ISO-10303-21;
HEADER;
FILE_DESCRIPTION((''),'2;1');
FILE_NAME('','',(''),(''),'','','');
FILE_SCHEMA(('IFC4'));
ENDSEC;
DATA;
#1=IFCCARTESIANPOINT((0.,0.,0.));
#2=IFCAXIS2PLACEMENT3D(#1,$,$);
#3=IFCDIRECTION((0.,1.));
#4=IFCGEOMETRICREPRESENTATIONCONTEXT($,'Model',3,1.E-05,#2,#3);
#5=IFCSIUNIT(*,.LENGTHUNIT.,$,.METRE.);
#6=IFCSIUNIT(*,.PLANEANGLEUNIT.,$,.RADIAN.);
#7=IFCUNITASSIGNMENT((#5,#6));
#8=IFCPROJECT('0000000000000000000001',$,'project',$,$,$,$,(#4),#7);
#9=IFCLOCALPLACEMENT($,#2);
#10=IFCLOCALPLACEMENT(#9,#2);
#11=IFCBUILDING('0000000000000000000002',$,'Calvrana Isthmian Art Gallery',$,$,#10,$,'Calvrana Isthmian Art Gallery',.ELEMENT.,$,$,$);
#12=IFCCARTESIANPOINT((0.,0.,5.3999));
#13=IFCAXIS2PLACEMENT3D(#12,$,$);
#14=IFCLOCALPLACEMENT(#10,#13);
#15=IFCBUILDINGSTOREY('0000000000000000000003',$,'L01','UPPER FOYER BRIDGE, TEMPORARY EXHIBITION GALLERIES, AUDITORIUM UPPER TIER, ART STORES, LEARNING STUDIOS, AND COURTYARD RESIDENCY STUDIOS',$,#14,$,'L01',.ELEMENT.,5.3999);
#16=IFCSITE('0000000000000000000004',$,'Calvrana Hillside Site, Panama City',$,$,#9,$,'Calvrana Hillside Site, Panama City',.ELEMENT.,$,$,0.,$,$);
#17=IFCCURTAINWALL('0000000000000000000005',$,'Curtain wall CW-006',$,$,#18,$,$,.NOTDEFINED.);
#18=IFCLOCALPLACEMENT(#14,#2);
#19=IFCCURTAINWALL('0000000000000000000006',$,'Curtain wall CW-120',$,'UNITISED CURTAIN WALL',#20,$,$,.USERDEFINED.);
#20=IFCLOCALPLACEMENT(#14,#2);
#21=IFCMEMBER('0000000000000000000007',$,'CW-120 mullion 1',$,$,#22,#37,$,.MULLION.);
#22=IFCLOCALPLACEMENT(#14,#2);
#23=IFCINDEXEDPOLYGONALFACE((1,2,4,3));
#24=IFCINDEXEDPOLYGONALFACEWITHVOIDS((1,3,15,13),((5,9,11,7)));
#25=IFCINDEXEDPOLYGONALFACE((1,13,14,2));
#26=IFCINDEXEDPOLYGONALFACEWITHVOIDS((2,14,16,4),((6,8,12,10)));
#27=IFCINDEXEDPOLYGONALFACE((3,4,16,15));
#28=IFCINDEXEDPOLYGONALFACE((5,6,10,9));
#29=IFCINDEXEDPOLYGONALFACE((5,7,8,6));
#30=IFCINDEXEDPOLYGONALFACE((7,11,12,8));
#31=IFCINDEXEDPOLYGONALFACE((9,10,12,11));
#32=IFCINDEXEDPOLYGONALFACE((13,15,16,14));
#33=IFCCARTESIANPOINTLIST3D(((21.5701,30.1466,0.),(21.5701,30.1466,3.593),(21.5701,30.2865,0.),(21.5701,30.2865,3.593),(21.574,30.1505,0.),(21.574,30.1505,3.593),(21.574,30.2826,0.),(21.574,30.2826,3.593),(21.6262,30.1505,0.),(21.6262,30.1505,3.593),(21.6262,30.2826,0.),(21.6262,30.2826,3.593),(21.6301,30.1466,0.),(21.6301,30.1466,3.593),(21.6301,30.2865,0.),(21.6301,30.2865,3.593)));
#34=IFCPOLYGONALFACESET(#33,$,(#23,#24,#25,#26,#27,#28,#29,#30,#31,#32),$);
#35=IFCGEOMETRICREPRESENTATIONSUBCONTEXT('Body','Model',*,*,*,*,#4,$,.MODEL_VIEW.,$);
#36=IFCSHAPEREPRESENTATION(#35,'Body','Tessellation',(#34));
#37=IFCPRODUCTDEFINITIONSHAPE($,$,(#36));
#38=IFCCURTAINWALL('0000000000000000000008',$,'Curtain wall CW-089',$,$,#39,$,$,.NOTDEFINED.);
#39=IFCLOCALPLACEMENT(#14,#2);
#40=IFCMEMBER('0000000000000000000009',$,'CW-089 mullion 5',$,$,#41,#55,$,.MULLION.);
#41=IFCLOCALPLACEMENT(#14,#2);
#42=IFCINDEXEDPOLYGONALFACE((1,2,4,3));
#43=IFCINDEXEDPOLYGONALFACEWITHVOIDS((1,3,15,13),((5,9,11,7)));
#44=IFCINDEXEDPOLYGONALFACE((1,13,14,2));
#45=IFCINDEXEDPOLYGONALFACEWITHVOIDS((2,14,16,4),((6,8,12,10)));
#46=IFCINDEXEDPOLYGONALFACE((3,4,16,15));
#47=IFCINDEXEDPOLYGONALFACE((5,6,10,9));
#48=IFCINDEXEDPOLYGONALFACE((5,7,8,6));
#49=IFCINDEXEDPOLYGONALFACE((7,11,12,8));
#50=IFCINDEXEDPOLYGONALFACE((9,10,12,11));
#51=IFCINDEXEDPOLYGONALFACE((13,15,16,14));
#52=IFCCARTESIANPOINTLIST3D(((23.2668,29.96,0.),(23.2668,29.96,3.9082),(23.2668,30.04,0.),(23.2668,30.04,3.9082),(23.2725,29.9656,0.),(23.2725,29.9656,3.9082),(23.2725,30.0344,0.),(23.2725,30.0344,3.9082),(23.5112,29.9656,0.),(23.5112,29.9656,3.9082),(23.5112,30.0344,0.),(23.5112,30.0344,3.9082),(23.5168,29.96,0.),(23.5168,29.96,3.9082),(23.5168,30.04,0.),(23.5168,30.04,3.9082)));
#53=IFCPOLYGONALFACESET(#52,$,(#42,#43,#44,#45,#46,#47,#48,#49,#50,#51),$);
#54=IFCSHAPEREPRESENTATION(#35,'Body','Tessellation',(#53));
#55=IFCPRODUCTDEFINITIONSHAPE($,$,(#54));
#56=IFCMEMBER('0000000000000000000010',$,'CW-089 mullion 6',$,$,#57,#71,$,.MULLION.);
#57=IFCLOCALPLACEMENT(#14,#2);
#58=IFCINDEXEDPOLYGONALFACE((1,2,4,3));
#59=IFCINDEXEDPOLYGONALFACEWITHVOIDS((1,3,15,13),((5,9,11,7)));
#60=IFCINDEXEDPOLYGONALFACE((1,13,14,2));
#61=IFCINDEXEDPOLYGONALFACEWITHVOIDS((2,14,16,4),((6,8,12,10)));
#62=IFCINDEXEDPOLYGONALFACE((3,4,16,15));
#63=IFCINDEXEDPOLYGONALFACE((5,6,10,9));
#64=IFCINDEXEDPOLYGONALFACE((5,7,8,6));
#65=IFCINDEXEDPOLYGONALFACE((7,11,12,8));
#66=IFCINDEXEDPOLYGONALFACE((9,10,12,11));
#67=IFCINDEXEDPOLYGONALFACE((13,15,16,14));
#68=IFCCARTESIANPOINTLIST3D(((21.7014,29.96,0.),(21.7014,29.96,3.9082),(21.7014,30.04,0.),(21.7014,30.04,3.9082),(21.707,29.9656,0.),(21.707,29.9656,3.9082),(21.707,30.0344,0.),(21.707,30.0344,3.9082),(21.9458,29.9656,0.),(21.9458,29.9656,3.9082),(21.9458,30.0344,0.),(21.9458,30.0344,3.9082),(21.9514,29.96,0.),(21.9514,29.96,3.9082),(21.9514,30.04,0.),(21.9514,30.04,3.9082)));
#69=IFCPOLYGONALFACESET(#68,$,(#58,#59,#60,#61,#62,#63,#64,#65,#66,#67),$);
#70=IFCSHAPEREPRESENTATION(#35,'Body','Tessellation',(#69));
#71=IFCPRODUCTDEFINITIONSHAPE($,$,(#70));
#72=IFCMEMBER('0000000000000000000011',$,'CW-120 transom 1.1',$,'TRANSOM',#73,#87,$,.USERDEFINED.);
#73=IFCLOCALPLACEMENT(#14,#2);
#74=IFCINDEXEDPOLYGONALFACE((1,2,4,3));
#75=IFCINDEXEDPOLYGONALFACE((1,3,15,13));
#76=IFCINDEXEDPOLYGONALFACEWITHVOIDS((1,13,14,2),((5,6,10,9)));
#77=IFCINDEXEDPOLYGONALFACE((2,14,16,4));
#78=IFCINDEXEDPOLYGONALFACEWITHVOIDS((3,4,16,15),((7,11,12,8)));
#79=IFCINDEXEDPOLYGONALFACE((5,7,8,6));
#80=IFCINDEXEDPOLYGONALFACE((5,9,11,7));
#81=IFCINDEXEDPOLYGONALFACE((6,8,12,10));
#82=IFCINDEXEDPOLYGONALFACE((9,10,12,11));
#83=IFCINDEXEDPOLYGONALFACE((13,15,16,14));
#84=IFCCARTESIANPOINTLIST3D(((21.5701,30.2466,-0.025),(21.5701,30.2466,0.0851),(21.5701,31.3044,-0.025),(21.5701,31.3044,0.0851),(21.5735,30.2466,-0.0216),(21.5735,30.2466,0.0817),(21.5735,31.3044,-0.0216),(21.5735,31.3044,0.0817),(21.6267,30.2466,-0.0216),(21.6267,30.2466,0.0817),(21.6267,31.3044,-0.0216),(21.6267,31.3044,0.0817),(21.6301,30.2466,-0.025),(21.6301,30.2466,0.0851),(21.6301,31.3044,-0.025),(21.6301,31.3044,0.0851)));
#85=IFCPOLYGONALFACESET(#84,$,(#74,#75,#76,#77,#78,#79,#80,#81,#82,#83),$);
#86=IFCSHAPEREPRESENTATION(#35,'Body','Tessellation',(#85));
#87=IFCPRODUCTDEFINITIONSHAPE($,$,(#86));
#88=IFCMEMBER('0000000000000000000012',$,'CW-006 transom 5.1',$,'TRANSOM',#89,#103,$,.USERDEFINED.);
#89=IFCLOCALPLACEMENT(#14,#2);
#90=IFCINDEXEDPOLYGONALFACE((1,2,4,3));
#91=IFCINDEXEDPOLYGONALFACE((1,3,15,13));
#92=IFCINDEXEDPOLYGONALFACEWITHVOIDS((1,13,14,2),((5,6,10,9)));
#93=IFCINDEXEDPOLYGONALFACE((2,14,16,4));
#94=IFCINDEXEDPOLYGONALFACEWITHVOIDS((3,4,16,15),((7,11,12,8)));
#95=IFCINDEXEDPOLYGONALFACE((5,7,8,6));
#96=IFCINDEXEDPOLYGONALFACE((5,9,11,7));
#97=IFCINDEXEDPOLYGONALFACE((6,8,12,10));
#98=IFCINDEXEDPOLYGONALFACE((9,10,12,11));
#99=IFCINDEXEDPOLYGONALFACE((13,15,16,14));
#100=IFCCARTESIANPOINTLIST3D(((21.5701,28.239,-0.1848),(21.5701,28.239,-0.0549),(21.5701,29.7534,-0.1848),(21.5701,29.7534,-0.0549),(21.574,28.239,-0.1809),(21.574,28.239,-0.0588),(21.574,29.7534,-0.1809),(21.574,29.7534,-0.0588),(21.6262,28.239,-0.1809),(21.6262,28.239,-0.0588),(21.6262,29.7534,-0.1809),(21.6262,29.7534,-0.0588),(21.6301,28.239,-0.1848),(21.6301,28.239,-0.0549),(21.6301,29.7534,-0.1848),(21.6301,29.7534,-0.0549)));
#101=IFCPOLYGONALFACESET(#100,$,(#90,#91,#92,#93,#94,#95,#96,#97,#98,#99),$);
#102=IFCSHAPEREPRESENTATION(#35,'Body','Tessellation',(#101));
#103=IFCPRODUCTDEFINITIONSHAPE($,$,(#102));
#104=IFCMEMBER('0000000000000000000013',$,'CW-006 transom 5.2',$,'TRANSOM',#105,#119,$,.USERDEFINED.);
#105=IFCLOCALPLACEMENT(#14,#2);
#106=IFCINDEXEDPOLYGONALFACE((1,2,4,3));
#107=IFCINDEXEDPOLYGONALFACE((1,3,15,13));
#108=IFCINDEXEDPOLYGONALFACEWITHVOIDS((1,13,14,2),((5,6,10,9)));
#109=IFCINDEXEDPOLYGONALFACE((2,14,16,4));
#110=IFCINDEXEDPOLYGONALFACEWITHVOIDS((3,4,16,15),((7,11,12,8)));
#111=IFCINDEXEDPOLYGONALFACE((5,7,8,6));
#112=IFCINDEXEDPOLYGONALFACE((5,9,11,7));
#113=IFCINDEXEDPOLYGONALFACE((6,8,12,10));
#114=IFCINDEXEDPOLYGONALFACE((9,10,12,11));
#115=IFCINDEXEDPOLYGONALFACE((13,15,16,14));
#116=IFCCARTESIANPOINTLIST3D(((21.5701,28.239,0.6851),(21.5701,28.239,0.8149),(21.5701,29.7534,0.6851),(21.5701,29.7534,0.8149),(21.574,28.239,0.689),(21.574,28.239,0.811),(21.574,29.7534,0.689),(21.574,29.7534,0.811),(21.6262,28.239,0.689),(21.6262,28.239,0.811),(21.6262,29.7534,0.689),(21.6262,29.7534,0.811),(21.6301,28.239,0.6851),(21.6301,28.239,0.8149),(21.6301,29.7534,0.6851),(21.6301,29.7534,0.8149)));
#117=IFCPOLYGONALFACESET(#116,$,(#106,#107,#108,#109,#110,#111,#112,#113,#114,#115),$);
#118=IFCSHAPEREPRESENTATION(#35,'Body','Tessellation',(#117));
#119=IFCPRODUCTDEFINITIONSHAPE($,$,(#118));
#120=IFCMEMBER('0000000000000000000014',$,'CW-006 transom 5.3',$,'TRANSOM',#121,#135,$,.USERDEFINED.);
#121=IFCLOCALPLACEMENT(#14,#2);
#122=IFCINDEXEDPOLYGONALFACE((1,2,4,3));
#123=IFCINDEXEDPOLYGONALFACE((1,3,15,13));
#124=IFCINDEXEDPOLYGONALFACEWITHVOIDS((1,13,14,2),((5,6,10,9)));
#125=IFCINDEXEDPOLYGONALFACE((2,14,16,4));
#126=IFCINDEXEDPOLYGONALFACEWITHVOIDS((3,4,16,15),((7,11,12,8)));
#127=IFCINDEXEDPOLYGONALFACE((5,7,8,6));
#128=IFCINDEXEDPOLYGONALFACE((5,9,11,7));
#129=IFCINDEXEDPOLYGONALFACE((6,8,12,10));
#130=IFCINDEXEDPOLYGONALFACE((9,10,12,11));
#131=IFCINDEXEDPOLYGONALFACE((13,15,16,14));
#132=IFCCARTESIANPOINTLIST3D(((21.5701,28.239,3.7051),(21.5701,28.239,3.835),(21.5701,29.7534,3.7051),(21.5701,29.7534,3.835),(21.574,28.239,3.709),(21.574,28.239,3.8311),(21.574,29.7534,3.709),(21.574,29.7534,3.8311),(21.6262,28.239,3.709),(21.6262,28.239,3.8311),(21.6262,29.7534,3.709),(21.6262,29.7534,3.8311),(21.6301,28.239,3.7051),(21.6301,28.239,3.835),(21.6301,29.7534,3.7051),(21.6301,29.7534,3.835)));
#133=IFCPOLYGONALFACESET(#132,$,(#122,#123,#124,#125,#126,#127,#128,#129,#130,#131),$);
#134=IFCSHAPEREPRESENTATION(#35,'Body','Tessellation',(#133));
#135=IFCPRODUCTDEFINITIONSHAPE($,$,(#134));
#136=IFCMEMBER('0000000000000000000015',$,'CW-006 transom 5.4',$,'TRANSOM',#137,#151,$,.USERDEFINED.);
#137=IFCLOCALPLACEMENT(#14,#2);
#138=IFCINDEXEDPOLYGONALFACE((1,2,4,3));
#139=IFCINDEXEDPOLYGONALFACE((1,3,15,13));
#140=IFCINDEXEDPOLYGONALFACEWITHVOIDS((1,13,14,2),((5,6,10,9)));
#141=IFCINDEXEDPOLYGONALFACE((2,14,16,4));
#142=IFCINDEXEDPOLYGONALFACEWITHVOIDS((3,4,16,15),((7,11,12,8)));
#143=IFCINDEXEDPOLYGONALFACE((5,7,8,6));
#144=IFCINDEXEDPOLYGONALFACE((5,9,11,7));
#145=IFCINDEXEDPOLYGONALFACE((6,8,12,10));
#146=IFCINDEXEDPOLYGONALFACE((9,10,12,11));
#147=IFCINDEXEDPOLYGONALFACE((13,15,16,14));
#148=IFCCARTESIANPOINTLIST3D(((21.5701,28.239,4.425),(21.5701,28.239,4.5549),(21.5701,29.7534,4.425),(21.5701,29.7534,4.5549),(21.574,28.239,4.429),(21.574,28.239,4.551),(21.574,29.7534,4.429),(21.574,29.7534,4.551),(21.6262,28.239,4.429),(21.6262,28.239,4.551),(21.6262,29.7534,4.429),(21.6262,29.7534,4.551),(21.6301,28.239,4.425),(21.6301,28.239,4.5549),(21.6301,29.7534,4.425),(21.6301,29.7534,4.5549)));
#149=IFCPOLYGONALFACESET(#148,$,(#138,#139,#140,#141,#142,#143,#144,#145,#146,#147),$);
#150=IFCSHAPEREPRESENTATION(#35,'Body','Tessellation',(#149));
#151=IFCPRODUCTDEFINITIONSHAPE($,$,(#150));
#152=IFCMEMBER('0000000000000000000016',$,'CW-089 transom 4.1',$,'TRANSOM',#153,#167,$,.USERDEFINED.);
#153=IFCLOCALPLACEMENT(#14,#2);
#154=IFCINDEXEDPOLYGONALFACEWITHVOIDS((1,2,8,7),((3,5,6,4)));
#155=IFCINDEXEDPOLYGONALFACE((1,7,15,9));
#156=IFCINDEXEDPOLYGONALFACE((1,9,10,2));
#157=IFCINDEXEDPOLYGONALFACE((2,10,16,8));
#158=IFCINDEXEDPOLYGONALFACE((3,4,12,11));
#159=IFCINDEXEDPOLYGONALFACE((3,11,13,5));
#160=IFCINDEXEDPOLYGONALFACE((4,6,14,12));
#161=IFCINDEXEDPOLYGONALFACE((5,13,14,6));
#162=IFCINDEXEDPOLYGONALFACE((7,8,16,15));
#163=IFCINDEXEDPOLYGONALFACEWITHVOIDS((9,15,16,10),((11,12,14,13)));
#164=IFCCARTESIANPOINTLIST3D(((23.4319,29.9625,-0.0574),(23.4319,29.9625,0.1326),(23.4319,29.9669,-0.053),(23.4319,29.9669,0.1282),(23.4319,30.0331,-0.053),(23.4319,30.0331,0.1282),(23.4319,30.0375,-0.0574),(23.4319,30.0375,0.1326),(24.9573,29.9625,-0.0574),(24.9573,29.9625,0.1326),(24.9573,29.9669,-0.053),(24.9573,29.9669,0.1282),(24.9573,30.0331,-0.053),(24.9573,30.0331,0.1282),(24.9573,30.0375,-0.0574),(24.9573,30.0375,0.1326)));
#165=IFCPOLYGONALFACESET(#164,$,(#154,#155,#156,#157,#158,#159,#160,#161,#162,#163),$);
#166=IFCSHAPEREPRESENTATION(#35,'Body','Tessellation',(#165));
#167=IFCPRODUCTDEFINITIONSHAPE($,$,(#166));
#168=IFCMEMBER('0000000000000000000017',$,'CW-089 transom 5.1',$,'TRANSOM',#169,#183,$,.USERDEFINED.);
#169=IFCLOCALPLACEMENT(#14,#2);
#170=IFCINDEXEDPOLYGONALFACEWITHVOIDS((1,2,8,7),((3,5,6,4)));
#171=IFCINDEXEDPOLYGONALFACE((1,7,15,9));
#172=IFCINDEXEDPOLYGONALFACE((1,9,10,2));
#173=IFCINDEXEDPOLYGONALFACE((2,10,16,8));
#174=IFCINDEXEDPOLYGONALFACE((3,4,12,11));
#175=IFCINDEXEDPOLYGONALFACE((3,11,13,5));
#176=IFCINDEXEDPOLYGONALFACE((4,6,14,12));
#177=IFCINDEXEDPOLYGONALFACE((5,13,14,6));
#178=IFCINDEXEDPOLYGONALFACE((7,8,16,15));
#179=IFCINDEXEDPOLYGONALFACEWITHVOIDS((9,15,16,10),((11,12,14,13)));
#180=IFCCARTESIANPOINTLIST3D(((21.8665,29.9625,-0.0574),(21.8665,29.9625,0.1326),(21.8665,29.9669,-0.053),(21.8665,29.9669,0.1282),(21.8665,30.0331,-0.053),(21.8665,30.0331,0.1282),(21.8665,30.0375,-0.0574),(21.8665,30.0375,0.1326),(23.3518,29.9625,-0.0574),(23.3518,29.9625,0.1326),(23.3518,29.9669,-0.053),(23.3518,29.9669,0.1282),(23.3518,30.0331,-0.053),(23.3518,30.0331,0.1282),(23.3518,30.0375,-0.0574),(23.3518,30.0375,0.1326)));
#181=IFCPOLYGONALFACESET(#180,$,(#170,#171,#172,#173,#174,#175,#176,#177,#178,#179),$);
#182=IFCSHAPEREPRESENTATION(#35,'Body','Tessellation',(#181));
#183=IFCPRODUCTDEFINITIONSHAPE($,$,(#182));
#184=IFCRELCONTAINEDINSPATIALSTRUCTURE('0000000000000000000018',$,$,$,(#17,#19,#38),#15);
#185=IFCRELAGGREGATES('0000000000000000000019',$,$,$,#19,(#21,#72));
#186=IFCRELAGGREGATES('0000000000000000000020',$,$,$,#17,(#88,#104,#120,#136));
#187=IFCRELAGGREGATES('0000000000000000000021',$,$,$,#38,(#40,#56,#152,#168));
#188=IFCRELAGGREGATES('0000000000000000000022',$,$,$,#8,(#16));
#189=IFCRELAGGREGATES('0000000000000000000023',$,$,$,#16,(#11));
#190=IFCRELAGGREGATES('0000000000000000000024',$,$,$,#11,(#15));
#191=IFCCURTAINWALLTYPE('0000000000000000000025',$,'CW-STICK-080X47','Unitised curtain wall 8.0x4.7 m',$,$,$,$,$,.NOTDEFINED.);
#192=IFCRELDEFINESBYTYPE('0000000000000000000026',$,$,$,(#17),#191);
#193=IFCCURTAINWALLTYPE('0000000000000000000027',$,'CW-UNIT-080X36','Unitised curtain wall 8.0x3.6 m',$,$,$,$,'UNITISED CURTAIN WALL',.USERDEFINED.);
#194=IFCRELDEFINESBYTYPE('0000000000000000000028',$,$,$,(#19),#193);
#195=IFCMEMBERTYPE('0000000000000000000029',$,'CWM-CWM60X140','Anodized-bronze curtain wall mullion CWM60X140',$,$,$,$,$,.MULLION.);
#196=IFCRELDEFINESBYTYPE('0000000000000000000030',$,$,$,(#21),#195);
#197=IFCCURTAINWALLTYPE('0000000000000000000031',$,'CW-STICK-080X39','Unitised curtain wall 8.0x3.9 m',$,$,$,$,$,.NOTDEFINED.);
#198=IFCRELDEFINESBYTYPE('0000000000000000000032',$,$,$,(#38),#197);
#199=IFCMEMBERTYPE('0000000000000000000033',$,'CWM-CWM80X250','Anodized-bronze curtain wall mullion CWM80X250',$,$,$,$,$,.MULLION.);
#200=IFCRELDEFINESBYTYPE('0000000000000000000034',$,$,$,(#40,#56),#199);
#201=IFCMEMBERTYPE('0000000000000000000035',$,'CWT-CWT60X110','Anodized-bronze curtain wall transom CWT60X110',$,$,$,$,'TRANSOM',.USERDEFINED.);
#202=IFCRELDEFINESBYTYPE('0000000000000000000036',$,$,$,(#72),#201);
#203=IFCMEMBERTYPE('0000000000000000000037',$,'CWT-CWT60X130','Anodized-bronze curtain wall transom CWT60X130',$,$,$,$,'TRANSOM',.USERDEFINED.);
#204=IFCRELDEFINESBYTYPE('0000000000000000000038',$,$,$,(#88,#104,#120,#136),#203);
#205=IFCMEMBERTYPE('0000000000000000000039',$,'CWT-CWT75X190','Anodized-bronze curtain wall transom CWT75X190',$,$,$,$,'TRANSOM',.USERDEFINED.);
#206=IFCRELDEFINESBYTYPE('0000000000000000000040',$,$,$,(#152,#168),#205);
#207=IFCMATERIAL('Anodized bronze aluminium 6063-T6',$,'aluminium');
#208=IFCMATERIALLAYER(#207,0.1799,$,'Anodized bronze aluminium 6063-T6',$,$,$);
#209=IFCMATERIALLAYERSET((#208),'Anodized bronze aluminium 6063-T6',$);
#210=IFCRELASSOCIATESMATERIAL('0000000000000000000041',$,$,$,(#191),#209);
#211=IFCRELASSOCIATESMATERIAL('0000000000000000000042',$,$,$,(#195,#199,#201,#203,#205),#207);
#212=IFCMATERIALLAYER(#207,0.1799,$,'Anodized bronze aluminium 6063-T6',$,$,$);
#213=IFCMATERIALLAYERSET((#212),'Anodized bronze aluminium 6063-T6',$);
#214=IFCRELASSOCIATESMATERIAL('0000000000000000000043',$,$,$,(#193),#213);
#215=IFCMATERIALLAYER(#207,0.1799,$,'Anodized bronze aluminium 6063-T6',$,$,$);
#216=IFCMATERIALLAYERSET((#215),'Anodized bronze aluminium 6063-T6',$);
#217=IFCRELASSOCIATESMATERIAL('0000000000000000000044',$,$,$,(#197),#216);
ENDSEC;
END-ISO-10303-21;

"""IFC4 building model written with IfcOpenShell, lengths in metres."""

from ifc_helpers import new_model, si_unit, direction, frame, origin, origin_2d, place, context, subcontext, project, spatial, hollow_rectangle, extrude, material, layer, layer_set, material_profile, profile_set, type_object, element, aggregate, save


model = new_model("IFC4")

# Units and contexts
model_context = context("Model", 3, precision=1e-05, world=origin(), true_north=direction((0.0, 1.0)))
body_context = subcontext(model_context, "Body", "Model", "MODEL_VIEW")
ifc_project = project(units=[si_unit("LENGTHUNIT", "METRE"), si_unit("PLANEANGLEUNIT", "RADIAN")], contexts=[model_context])

# Site, building, storey
site_placement = place(None, origin())
site = spatial("IfcSite", under=ifc_project, at=site_placement, Name="Calvrana Hillside Site, Panama City", LongName="Calvrana Hillside Site, Panama City", CompositionType="ELEMENT", RefElevation=0.0)
building_placement = place(site_placement, origin())
building = spatial("IfcBuilding", under=site, at=building_placement, Name="Calvrana Isthmian Art Gallery", LongName="Calvrana Isthmian Art Gallery", CompositionType="ELEMENT")
storey_placement = place(building_placement, frame((0.0, 0.0, 5.3999)))
storey = spatial("IfcBuildingStorey", under=building, at=storey_placement, Name="L01", Description="UPPER FOYER BRIDGE, TEMPORARY EXHIBITION GALLERIES, AUDITORIUM UPPER TIER, ART STORES, LEARNING STUDIOS, AND COURTYARD RESIDENCY STUDIOS", LongName="L01", CompositionType="ELEMENT", Elevation=5.3999)

# Curtain wall
ifc_material_1 = material(Name="Anodized bronze aluminium 6063-T6", Category="aluminium")
ifc_layer_1 = layer(ifc_material_1, 0.1799, Name="Anodized bronze aluminium 6063-T6")
ifc_layer_set_1 = layer_set([ifc_layer_1], Name="Anodized bronze aluminium 6063-T6")
curtain_wall_type_1 = type_object("IfcCurtainWallType", Name="CW-STICK-080X47", Description="Unitised curtain wall 8.0x4.7 m", PredefinedType="NOTDEFINED", material=ifc_layer_set_1)
curtain_wall_1_placement = place(storey_placement, origin())
curtain_wall_1 = element("IfcCurtainWall", 1, at=curtain_wall_1_placement, inside=storey, type_object=curtain_wall_type_1, Name="Curtain wall CW-006", PredefinedType="NOTDEFINED")
ifc_material_profile_1 = material_profile(ifc_material_1, hollow_rectangle(XDim=0.0601, YDim=0.1399, WallThickness=0.0039, at=origin_2d()), Name="CWM60X140")
ifc_profile_set_1 = profile_set([ifc_material_profile_1], Name="Anodized bronze aluminium 6063-T6")
member_type_1 = type_object("IfcMemberType", Name="CWM-CWM60X140", Description="Anodized-bronze curtain wall mullion CWM60X140", PredefinedType="MULLION", material=ifc_profile_set_1)

# Curtain wall, member
ifc_layer_2 = layer(ifc_material_1, 0.1799, Name="Anodized bronze aluminium 6063-T6")
ifc_layer_set_2 = layer_set([ifc_layer_2], Name="Anodized bronze aluminium 6063-T6")
curtain_wall_type_2 = type_object("IfcCurtainWallType", Name="CW-UNIT-080X36", Description="Unitised curtain wall 8.0x3.6 m", ElementType="UNITISED CURTAIN WALL", PredefinedType="USERDEFINED", material=ifc_layer_set_2)
curtain_wall_2_placement = place(storey_placement, origin())
curtain_wall_2 = element("IfcCurtainWall", 2, at=curtain_wall_2_placement, inside=storey, type_object=curtain_wall_type_2, Name="Curtain wall CW-120", ObjectType="UNITISED CURTAIN WALL", PredefinedType="USERDEFINED")
member_1_placement = place(storey_placement, frame((21.6001, 30.2166, 0.0), z_axis=(0.0, 0.0, 1.0), x_axis=(-1.0, 0.0, 0.0)))
member_1 = element("IfcMember", 3, at=member_1_placement, type_object=member_type_1, Name="CW-120 mullion 1", PredefinedType="MULLION", context=body_context, shape_type="SweptSolid", body=[
    extrude(hollow_rectangle(XDim=0.0601, YDim=0.1399, WallThickness=0.0039, at=origin_2d()), origin(), (0.0, 0.0, 1.0), 3.593),
])

# Curtain wall, members
ifc_layer_3 = layer(ifc_material_1, 0.1799, Name="Anodized bronze aluminium 6063-T6")
ifc_layer_set_3 = layer_set([ifc_layer_3], Name="Anodized bronze aluminium 6063-T6")
curtain_wall_type_3 = type_object("IfcCurtainWallType", Name="CW-STICK-080X39", Description="Unitised curtain wall 8.0x3.9 m", PredefinedType="NOTDEFINED", material=ifc_layer_set_3)
curtain_wall_3_placement = place(storey_placement, origin())
curtain_wall_3 = element("IfcCurtainWall", 4, at=curtain_wall_3_placement, inside=storey, type_object=curtain_wall_type_3, Name="Curtain wall CW-089", PredefinedType="NOTDEFINED")
ifc_material_profile_2 = material_profile(ifc_material_1, hollow_rectangle(XDim=0.0801, YDim=0.25, WallThickness=0.0056, at=origin_2d()), Name="CWM80X250")
ifc_profile_set_2 = profile_set([ifc_material_profile_2], Name="Anodized bronze aluminium 6063-T6")
member_type_2 = type_object("IfcMemberType", Name="CWM-CWM80X250", Description="Anodized-bronze curtain wall mullion CWM80X250", PredefinedType="MULLION", material=ifc_profile_set_2)
member_2_placement = place(storey_placement, frame((23.3918, 30.0, 0.0), z_axis=(0.0, 0.0, 1.0), x_axis=(0.0, -1.0, 0.0)))
member_2 = element("IfcMember", 5, at=member_2_placement, type_object=member_type_2, Name="CW-089 mullion 5", PredefinedType="MULLION", context=body_context, shape_type="SweptSolid", body=[
    extrude(hollow_rectangle(XDim=0.0801, YDim=0.25, WallThickness=0.0056, at=origin_2d()), origin(), (0.0, 0.0, 1.0), 3.9082),
])
member_3_placement = place(storey_placement, frame((21.8264, 30.0, 0.0), z_axis=(0.0, 0.0, 1.0), x_axis=(0.0, -1.0, 0.0)))
member_3 = element("IfcMember", 6, at=member_3_placement, type_object=member_type_2, Name="CW-089 mullion 6", PredefinedType="MULLION", context=body_context, shape_type="SweptSolid", body=[
    extrude(hollow_rectangle(XDim=0.0801, YDim=0.25, WallThickness=0.0056, at=origin_2d()), origin(), (0.0, 0.0, 1.0), 3.9082),
])

# Members
ifc_material_profile_3 = material_profile(ifc_material_1, hollow_rectangle(XDim=0.0601, YDim=0.1101, WallThickness=0.0034, at=origin_2d()), Name="CWT60X110")
ifc_profile_set_3 = profile_set([ifc_material_profile_3], Name="Anodized bronze aluminium 6063-T6")
member_type_3 = type_object("IfcMemberType", Name="CWT-CWT60X110", Description="Anodized-bronze curtain wall transom CWT60X110", ElementType="TRANSOM", PredefinedType="USERDEFINED", material=ifc_profile_set_3)
member_4_placement = place(storey_placement, frame((21.6001, 30.2466, 0.03), z_axis=(0.0, 1.0, 0.0), x_axis=(-1.0, 0.0, 0.0)))
member_4 = element("IfcMember", 7, at=member_4_placement, type_object=member_type_3, Name="CW-120 transom 1.1", ObjectType="TRANSOM", PredefinedType="USERDEFINED", context=body_context, shape_type="SweptSolid", body=[
    extrude(hollow_rectangle(XDim=0.0601, YDim=0.1101, WallThickness=0.0034, at=origin_2d()), origin(), (0.0, 0.0, 1.0), 1.0579),
])
aggregate(curtain_wall_2, [member_1, member_4])
ifc_material_profile_4 = material_profile(ifc_material_1, hollow_rectangle(XDim=0.0601, YDim=0.1299, WallThickness=0.0039, at=origin_2d()), Name="CWT60X130")
ifc_profile_set_4 = profile_set([ifc_material_profile_4], Name="Anodized bronze aluminium 6063-T6")
member_type_4 = type_object("IfcMemberType", Name="CWT-CWT60X130", Description="Anodized-bronze curtain wall transom CWT60X130", ElementType="TRANSOM", PredefinedType="USERDEFINED", material=ifc_profile_set_4)
member_5_placement = place(storey_placement, frame((21.6001, 28.239, -0.1199), z_axis=(0.0, 1.0, 0.0), x_axis=(-1.0, 0.0, 0.0)))
member_5 = element("IfcMember", 8, at=member_5_placement, type_object=member_type_4, Name="CW-006 transom 5.1", ObjectType="TRANSOM", PredefinedType="USERDEFINED", context=body_context, shape_type="SweptSolid", body=[
    extrude(hollow_rectangle(XDim=0.0601, YDim=0.1299, WallThickness=0.0039, at=origin_2d()), origin(), (0.0, 0.0, 1.0), 1.5144),
])
member_6_placement = place(storey_placement, frame((21.6001, 28.239, 0.75), z_axis=(0.0, 1.0, 0.0), x_axis=(-1.0, 0.0, 0.0)))
member_6 = element("IfcMember", 9, at=member_6_placement, type_object=member_type_4, Name="CW-006 transom 5.2", ObjectType="TRANSOM", PredefinedType="USERDEFINED", context=body_context, shape_type="SweptSolid", body=[
    extrude(hollow_rectangle(XDim=0.0601, YDim=0.1299, WallThickness=0.0039, at=origin_2d()), origin(), (0.0, 0.0, 1.0), 1.5144),
])
member_7_placement = place(storey_placement, frame((21.6001, 28.239, 3.77), z_axis=(0.0, 1.0, 0.0), x_axis=(-1.0, 0.0, 0.0)))
member_7 = element("IfcMember", 10, at=member_7_placement, type_object=member_type_4, Name="CW-006 transom 5.3", ObjectType="TRANSOM", PredefinedType="USERDEFINED", context=body_context, shape_type="SweptSolid", body=[
    extrude(hollow_rectangle(XDim=0.0601, YDim=0.1299, WallThickness=0.0039, at=origin_2d()), origin(), (0.0, 0.0, 1.0), 1.5144),
])
member_8_placement = place(storey_placement, frame((21.6001, 28.239, 4.49), z_axis=(0.0, 1.0, 0.0), x_axis=(-1.0, 0.0, 0.0)))
member_8 = element("IfcMember", 11, at=member_8_placement, type_object=member_type_4, Name="CW-006 transom 5.4", ObjectType="TRANSOM", PredefinedType="USERDEFINED", context=body_context, shape_type="SweptSolid", body=[
    extrude(hollow_rectangle(XDim=0.0601, YDim=0.1299, WallThickness=0.0039, at=origin_2d()), origin(), (0.0, 0.0, 1.0), 1.5144),
])
ifc_material_profile_5 = material_profile(ifc_material_1, hollow_rectangle(XDim=0.075, YDim=0.1899, WallThickness=0.0044, at=origin_2d()), Name="CWT75X190")
ifc_profile_set_5 = profile_set([ifc_material_profile_5], Name="Anodized bronze aluminium 6063-T6")
member_type_5 = type_object("IfcMemberType", Name="CWT-CWT75X190", Description="Anodized-bronze curtain wall transom CWT75X190", ElementType="TRANSOM", PredefinedType="USERDEFINED", material=ifc_profile_set_5)
member_9_placement = place(storey_placement, frame((24.9573, 30.0, 0.0376), z_axis=(-1.0, 0.0, 0.0), x_axis=(0.0, -1.0, 0.0)))
member_9 = element("IfcMember", 12, at=member_9_placement, type_object=member_type_5, Name="CW-089 transom 4.1", ObjectType="TRANSOM", PredefinedType="USERDEFINED", context=body_context, shape_type="SweptSolid", body=[
    extrude(hollow_rectangle(XDim=0.075, YDim=0.1899, WallThickness=0.0044, at=origin_2d()), origin(), (0.0, 0.0, 1.0), 1.5254),
])
member_10_placement = place(storey_placement, frame((23.3518, 30.0, 0.0376), z_axis=(-1.0, 0.0, 0.0), x_axis=(0.0, -1.0, 0.0)))
member_10 = element("IfcMember", 13, at=member_10_placement, type_object=member_type_5, Name="CW-089 transom 5.1", ObjectType="TRANSOM", PredefinedType="USERDEFINED", context=body_context, shape_type="SweptSolid", body=[
    extrude(hollow_rectangle(XDim=0.075, YDim=0.1899, WallThickness=0.0044, at=origin_2d()), origin(), (0.0, 0.0, 1.0), 1.4854),
])

aggregate(curtain_wall_1, [member_5, member_6, member_7, member_8])
aggregate(curtain_wall_3, [member_2, member_3, member_9, member_10])

save(model, "model.ifc")
